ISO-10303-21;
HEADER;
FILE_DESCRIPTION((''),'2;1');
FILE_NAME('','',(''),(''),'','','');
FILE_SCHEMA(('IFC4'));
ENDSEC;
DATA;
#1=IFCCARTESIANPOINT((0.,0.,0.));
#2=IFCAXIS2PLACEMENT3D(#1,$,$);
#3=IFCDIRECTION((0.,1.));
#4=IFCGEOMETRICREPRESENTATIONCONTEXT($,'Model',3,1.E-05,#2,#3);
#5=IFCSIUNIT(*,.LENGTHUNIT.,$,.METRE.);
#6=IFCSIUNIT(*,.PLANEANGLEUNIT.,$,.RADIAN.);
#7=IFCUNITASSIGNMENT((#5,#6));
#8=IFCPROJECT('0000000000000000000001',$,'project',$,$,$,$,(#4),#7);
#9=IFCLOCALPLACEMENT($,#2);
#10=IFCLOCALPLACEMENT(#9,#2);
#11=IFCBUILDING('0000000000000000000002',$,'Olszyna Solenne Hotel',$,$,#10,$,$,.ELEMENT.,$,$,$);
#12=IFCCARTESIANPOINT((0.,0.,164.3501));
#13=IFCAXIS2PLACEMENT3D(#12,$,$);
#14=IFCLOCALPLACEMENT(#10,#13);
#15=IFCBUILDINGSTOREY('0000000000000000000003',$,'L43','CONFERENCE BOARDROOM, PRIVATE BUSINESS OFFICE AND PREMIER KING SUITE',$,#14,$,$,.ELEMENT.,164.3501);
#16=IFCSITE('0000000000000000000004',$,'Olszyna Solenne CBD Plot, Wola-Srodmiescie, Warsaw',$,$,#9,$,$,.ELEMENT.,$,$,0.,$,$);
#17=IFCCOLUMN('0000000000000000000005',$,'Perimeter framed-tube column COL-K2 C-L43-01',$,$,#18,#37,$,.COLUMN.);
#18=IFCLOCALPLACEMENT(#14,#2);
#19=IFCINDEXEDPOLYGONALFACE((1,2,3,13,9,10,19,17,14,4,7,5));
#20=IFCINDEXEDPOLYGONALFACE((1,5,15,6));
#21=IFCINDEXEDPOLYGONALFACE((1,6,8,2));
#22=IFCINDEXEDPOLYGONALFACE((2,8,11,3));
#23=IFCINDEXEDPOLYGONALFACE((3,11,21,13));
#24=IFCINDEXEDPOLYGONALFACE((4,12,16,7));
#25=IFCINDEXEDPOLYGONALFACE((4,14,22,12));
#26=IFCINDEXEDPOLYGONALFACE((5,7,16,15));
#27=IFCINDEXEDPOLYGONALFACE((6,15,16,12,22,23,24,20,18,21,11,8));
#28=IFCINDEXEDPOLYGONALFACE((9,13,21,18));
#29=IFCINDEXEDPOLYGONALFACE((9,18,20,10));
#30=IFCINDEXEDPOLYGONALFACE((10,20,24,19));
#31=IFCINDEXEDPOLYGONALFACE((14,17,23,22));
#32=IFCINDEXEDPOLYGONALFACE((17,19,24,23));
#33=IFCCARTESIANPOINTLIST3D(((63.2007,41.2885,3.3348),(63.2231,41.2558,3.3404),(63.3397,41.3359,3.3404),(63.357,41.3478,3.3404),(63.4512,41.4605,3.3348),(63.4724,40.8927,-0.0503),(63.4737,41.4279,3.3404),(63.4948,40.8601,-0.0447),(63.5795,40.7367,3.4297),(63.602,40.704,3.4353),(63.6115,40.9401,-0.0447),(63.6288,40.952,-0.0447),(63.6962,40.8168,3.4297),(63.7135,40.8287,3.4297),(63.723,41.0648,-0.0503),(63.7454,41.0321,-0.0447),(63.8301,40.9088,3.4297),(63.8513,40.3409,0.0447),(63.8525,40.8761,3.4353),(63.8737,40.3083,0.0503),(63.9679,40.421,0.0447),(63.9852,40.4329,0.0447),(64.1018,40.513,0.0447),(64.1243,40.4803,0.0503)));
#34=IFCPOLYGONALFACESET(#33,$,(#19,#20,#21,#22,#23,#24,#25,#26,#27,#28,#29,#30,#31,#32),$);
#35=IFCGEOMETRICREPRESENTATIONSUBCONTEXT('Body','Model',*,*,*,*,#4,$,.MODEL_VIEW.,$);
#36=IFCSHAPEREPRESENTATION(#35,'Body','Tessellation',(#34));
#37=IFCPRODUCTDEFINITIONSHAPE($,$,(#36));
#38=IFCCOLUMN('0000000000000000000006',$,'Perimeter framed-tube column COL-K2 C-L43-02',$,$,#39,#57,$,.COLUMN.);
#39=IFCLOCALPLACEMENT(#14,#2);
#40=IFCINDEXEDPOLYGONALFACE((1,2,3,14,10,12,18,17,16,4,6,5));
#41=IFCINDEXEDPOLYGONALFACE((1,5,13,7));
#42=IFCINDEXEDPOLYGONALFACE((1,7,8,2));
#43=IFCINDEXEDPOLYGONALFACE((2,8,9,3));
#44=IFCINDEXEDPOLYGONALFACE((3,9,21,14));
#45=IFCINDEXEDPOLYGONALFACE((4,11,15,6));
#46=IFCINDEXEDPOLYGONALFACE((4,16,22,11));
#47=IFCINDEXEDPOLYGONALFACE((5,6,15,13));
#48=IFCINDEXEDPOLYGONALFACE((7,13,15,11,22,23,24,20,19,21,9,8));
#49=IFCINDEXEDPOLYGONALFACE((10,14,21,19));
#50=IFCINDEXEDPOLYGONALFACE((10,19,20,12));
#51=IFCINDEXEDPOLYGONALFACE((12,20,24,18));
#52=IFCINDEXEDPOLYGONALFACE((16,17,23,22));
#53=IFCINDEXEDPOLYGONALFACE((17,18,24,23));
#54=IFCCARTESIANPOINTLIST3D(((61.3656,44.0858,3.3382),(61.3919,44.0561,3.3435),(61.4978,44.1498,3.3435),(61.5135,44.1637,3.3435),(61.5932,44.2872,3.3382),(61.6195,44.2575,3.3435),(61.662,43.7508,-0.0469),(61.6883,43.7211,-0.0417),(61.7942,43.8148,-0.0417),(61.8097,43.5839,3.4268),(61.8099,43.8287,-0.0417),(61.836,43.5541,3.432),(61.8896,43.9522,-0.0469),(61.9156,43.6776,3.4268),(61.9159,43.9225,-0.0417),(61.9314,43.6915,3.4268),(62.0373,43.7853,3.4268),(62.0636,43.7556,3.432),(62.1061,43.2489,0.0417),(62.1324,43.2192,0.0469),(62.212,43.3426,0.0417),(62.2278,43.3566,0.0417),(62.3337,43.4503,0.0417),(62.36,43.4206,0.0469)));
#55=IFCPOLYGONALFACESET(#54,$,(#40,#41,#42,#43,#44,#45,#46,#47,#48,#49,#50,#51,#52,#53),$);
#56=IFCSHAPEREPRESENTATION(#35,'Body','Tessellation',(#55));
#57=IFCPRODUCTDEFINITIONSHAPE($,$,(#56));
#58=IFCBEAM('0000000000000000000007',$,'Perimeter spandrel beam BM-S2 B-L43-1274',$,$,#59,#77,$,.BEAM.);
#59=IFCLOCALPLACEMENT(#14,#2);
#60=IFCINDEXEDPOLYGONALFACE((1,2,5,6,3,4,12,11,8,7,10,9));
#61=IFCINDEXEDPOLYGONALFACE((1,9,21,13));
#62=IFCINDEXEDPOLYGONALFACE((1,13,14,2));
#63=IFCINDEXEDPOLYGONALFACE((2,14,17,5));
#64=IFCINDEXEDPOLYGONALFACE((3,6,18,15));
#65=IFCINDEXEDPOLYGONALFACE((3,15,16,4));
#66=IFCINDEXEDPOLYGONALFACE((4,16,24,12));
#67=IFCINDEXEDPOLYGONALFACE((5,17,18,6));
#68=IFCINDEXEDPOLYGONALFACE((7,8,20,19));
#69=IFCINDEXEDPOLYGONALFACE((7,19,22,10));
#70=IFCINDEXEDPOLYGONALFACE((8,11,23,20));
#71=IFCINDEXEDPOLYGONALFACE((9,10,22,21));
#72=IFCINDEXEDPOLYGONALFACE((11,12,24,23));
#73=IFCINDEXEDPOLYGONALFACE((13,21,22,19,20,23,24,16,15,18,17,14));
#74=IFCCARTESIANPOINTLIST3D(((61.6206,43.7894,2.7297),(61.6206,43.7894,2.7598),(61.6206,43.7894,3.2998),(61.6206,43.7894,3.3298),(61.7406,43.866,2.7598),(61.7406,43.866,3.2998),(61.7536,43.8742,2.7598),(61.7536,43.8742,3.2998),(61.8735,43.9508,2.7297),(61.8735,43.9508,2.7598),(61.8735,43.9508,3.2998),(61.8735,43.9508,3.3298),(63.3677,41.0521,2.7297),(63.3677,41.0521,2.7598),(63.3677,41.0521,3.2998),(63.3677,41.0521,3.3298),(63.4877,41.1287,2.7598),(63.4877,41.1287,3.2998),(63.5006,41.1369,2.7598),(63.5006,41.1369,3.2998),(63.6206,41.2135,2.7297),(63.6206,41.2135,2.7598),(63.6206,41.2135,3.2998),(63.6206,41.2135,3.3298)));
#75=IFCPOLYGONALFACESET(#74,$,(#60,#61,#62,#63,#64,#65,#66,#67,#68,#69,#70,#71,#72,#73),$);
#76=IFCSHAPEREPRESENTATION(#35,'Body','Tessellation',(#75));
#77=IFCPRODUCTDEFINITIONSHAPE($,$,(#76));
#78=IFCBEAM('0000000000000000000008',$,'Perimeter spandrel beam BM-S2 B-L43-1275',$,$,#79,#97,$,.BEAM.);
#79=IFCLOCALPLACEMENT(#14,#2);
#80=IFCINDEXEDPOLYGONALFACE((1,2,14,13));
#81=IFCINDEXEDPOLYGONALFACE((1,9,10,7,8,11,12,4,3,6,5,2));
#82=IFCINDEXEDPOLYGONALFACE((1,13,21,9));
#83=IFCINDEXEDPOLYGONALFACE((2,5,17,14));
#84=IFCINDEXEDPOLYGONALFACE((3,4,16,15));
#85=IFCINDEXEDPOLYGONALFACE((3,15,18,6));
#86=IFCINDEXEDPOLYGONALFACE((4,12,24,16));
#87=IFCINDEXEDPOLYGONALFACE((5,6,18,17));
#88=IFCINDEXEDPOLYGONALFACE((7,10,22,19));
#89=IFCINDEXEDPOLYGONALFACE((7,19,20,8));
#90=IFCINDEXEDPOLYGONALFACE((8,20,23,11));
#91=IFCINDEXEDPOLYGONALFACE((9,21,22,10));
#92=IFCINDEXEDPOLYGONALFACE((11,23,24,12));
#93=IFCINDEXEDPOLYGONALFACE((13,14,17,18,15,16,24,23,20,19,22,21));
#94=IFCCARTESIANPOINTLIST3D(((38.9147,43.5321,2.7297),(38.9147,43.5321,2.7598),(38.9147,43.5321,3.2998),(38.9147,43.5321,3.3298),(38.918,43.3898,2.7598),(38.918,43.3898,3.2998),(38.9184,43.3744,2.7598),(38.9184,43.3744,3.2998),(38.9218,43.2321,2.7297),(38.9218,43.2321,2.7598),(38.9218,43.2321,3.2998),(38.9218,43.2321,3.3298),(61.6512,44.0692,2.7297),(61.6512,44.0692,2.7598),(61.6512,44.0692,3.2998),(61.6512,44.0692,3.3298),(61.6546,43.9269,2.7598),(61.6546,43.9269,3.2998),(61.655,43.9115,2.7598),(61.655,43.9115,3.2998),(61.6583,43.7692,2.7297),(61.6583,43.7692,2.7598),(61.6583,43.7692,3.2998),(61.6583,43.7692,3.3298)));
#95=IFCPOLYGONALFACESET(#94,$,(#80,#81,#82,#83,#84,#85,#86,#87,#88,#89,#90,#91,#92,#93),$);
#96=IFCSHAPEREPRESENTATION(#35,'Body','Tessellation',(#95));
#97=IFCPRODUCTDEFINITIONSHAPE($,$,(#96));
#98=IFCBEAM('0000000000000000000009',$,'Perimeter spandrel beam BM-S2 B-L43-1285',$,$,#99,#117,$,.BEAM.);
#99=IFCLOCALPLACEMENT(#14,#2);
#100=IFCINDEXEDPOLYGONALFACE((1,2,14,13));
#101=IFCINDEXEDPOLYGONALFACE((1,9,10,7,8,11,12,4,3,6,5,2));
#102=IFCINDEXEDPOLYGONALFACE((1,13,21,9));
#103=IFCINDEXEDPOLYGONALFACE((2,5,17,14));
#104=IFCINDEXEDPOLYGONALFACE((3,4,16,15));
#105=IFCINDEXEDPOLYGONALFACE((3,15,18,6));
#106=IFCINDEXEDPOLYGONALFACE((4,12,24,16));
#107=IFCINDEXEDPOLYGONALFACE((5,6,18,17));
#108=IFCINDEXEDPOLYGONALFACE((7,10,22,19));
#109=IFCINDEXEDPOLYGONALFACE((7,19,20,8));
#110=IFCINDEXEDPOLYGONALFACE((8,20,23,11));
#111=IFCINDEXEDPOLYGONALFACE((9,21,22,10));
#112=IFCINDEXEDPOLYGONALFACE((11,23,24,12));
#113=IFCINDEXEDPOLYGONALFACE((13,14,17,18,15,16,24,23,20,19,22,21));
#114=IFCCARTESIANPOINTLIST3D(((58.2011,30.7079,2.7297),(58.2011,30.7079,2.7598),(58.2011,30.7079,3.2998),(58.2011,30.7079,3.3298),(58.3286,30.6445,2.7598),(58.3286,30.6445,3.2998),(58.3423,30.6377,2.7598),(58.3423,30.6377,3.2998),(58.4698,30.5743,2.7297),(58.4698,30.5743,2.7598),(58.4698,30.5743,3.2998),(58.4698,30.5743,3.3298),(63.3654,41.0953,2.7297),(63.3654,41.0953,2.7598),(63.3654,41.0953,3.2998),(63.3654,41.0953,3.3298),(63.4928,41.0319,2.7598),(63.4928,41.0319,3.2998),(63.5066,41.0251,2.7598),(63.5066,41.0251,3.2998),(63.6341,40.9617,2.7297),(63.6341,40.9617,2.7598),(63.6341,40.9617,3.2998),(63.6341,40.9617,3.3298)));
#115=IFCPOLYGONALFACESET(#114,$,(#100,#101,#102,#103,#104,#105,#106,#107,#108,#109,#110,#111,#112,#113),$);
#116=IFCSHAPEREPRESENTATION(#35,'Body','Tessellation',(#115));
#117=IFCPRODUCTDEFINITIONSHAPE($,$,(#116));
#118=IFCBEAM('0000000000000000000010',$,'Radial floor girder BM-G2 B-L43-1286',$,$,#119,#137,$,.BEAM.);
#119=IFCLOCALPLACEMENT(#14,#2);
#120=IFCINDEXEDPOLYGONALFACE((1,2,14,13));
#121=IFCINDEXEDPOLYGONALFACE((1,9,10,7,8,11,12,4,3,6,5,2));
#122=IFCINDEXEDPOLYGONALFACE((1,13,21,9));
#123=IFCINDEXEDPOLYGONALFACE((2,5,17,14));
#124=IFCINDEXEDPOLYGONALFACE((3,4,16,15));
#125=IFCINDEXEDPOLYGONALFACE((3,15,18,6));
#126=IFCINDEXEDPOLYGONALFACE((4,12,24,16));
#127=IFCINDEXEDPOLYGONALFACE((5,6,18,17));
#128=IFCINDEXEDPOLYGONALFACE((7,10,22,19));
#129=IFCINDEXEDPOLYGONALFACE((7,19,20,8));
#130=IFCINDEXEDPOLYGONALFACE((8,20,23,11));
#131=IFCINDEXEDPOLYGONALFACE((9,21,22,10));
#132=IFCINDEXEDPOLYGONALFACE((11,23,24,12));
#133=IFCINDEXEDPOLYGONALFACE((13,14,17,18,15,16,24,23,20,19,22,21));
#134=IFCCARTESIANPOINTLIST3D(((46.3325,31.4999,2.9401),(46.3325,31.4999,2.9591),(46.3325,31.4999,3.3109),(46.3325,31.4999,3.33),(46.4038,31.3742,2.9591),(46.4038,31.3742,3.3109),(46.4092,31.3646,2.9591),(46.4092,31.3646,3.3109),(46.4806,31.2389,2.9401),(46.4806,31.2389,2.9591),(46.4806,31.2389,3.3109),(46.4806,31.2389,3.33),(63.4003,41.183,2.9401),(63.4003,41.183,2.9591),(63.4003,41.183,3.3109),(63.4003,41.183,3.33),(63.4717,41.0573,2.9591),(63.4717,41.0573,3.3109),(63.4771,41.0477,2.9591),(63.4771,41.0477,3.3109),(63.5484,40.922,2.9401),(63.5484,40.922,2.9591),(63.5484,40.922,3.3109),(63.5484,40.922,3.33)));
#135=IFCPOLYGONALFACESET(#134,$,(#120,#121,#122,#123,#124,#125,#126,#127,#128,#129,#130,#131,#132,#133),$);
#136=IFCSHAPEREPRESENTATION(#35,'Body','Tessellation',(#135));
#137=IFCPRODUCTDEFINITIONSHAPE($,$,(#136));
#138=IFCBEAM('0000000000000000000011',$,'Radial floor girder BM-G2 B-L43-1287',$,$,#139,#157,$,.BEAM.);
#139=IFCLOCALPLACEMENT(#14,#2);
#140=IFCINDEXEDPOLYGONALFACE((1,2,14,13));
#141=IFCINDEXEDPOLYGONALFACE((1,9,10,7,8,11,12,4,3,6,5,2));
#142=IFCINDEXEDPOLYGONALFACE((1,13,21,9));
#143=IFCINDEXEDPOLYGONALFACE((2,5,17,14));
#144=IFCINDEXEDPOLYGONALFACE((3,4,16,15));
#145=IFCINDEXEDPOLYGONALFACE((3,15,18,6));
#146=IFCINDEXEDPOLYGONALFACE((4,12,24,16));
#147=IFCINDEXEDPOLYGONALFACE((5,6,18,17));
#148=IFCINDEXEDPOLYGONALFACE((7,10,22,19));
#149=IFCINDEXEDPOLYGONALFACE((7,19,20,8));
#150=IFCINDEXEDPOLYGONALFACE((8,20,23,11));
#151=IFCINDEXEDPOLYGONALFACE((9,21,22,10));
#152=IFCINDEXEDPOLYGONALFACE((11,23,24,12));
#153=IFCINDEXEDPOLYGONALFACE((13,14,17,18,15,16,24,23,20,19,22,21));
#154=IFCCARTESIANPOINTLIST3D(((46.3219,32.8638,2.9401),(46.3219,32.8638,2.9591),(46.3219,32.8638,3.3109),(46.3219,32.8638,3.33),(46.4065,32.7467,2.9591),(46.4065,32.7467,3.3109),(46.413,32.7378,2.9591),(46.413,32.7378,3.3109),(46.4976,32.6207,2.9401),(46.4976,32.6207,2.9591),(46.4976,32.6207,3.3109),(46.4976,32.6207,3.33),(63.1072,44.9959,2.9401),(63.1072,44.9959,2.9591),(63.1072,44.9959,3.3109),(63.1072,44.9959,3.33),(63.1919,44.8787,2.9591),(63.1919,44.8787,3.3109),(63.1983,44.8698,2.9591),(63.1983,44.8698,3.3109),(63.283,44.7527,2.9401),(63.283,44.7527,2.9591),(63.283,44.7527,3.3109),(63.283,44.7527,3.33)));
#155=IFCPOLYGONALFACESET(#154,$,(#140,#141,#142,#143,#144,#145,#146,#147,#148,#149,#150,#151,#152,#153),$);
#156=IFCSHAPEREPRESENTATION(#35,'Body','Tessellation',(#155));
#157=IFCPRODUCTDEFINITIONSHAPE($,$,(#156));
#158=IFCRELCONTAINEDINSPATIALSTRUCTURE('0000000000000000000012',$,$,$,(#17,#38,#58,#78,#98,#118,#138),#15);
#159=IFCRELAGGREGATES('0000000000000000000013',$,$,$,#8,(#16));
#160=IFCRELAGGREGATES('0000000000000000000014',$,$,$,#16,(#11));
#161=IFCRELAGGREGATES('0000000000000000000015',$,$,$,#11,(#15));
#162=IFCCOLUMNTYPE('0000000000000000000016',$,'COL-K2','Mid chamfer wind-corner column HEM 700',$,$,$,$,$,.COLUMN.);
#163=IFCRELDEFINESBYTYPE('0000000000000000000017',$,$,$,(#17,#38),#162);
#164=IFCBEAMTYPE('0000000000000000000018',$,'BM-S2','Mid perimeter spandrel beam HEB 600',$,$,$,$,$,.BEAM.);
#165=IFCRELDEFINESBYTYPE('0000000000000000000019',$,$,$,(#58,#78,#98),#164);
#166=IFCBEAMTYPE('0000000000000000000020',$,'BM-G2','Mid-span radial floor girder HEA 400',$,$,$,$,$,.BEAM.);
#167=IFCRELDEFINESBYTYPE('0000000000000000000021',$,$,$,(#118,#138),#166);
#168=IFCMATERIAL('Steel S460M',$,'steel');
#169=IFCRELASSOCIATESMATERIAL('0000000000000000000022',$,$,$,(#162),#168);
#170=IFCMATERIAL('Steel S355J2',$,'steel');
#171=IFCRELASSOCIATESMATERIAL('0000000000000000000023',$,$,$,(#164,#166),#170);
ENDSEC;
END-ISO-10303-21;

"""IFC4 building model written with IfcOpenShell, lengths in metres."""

from ifc_helpers import new_model, si_unit, direction, frame, origin, origin_2d, place, context, subcontext, project, spatial, i_section, extrude, source, transform, mapped, material, material_profile, profile_set, type_object, element, save


model = new_model("IFC4")

# Units and contexts
model_context = context("Model", 3, precision=1e-05, world=origin(), true_north=direction((0.0, 1.0)))
body_context = subcontext(model_context, "Body", "Model", "MODEL_VIEW")
ifc_project = project(units=[si_unit("LENGTHUNIT", "METRE"), si_unit("PLANEANGLEUNIT", "RADIAN")], contexts=[model_context])

# Site, building, storey
site_placement = place(None, origin())
site = spatial("IfcSite", under=ifc_project, at=site_placement, Name="Olszyna Solenne CBD Plot, Wola-Srodmiescie, Warsaw", CompositionType="ELEMENT", RefElevation=0.0)
building_placement = place(site_placement, origin())
building = spatial("IfcBuilding", under=site, at=building_placement, Name="Olszyna Solenne Hotel", CompositionType="ELEMENT")
storey_placement = place(building_placement, frame((0.0, 0.0, 164.3501)))
storey = spatial("IfcBuildingStorey", under=building, at=storey_placement, Name="L43", Description="CONFERENCE BOARDROOM, PRIVATE BUSINESS OFFICE AND PREMIER KING SUITE", CompositionType="ELEMENT", Elevation=164.3501)

# Columns
ifc_material_1 = material(Name="Steel S460M", Category="steel")
ifc_material_profile_1 = material_profile(ifc_material_1, i_section(OverallWidth=0.304, OverallDepth=0.7161, WebThickness=0.021, FlangeThickness=0.04, at=origin_2d()), Name="HEM 700", Category="load-bearing")
ifc_profile_set_1 = profile_set([ifc_material_profile_1], Name="Steel S460M")
column_type = type_object("IfcColumnType", Name="COL-K2", Description="Mid chamfer wind-corner column HEM 700", PredefinedType="COLUMN", material=ifc_profile_set_1)
shared_shape_1 = source(origin(), body_context, "Body", "SweptSolid", [
    extrude(i_section(OverallWidth=0.304, OverallDepth=0.7161, WebThickness=0.021, FlangeThickness=0.04, at=origin_2d()), origin(), (0.0, 0.0, 1.0), 3.4189),
])
column_1_placement = place(storey_placement, frame((63.7983, 40.6865, 0.0), z_axis=(-0.079479, 0.115755, 0.990093), x_axis=(-0.824383, -0.566032, 0.0)))
element("IfcColumn", 1, at=column_1_placement, inside=storey, type_object=column_type, Name="Perimeter framed-tube column COL-K2 C-L43-01", PredefinedType="COLUMN", context=body_context, shape_type="MappedRepresentation", body=[
    mapped(shared_shape_1, transform((0.0, 0.0, 0.0), x_axis=(1.0, 0.0, 0.0), y_axis=(0.0, 1.0, 0.0), z_axis=(0.0, 0.0, 1.0), scale=1.0)),
])
shared_shape_2 = source(origin(), body_context, "Body", "SweptSolid", [
    extrude(i_section(OverallWidth=0.304, OverallDepth=0.7161, WebThickness=0.021, FlangeThickness=0.04, at=origin_2d()), origin(), (0.0, 0.0, 1.0), 3.4146),
])
column_2_placement = place(storey_placement, frame((62.011, 43.5857, 0.0), z_axis=(-0.086804, 0.098102, 0.991383), x_axis=(-0.748913, -0.662668, 0.0)))
element("IfcColumn", 2, at=column_2_placement, inside=storey, type_object=column_type, Name="Perimeter framed-tube column COL-K2 C-L43-02", PredefinedType="COLUMN", context=body_context, shape_type="MappedRepresentation", body=[
    mapped(shared_shape_2, transform((0.0, 0.0, 0.0), x_axis=(1.0, 0.0, 0.0), y_axis=(0.0, 1.0, 0.0), z_axis=(0.0, 0.0, 1.0), scale=1.0)),
])

# Beams
ifc_material_2 = material(Name="Steel S355J2", Category="steel")
ifc_material_profile_2 = material_profile(ifc_material_2, i_section(OverallWidth=0.3, OverallDepth=0.6001, WebThickness=0.0154, FlangeThickness=0.03, at=origin_2d()), Name="HEB 600", Category="load-bearing")
ifc_profile_set_2 = profile_set([ifc_material_profile_2], Name="Steel S355J2")
beam_type_1 = type_object("IfcBeamType", Name="BM-S2", Description="Mid perimeter spandrel beam HEB 600", PredefinedType="BEAM", material=ifc_profile_set_2)
shared_shape_3 = source(origin(), body_context, "Body", "SweptSolid", [
    extrude(i_section(OverallWidth=0.3, OverallDepth=0.6001, WebThickness=0.0154, FlangeThickness=0.03, at=origin_2d()), origin(), (0.0, 0.0, 1.0), 3.2473),
])
beam_1_placement = place(storey_placement, frame((63.4941, 41.1328, 3.0298), z_axis=(-0.538004, 0.842943, 0.0), x_axis=(-0.842943, -0.538004, 0.0)))
element("IfcBeam", 3, at=beam_1_placement, inside=storey, type_object=beam_type_1, Name="Perimeter spandrel beam BM-S2 B-L43-1274", PredefinedType="BEAM", context=body_context, shape_type="MappedRepresentation", body=[
    mapped(shared_shape_3, transform((0.0, 0.0, 0.0), x_axis=(1.0, 0.0, 0.0), y_axis=(0.0, 1.0, 0.0), z_axis=(0.0, 0.0, 1.0), scale=1.0)),
])
shared_shape_4 = source(origin(), body_context, "Body", "SweptSolid", [
    extrude(i_section(OverallWidth=0.3, OverallDepth=0.6001, WebThickness=0.0154, FlangeThickness=0.03, at=origin_2d()), origin(), (0.0, 0.0, 1.0), 22.7429),
])
beam_2_placement = place(storey_placement, frame((61.6548, 43.9192, 3.0298), z_axis=(-0.999721, -0.023617, 0.0), x_axis=(0.023617, -0.999721, 0.0)))
element("IfcBeam", 4, at=beam_2_placement, inside=storey, type_object=beam_type_1, Name="Perimeter spandrel beam BM-S2 B-L43-1275", PredefinedType="BEAM", context=body_context, shape_type="MappedRepresentation", body=[
    mapped(shared_shape_4, transform((0.0, 0.0, 0.0), x_axis=(1.0, 0.0, 0.0), y_axis=(0.0, 1.0, 0.0), z_axis=(0.0, 0.0, 1.0), scale=1.0)),
])
shared_shape_5 = source(origin(), body_context, "Body", "SweptSolid", [
    extrude(i_section(OverallWidth=0.3, OverallDepth=0.6001, WebThickness=0.0154, FlangeThickness=0.03, at=origin_2d()), origin(), (0.0, 0.0, 1.0), 11.6003),
])
beam_3_placement = place(storey_placement, frame((58.3354, 30.6411, 3.0298), z_axis=(0.445184, 0.895439, 0.0), x_axis=(-0.895439, 0.445184, 0.0)))
element("IfcBeam", 5, at=beam_3_placement, inside=storey, type_object=beam_type_1, Name="Perimeter spandrel beam BM-S2 B-L43-1285", PredefinedType="BEAM", context=body_context, shape_type="MappedRepresentation", body=[
    mapped(shared_shape_5, transform((0.0, 0.0, 0.0), x_axis=(1.0, 0.0, 0.0), y_axis=(0.0, 1.0, 0.0), z_axis=(0.0, 0.0, 1.0), scale=1.0)),
])
ifc_material_profile_3 = material_profile(ifc_material_2, i_section(OverallWidth=0.3, OverallDepth=0.3899, WebThickness=0.011, FlangeThickness=0.019, at=origin_2d()), Name="HEA 400", Category="load-bearing")
ifc_profile_set_3 = profile_set([ifc_material_profile_3], Name="Steel S355J2")
beam_type_2 = type_object("IfcBeamType", Name="BM-G2", Description="Mid-span radial floor girder HEA 400", PredefinedType="BEAM", material=ifc_profile_set_3)
shared_shape_6 = source(origin(), body_context, "Body", "SweptSolid", [
    extrude(i_section(OverallWidth=0.3, OverallDepth=0.3899, WebThickness=0.011, FlangeThickness=0.019, at=origin_2d()), origin(), (0.0, 0.0, 1.0), 19.6233),
])
beam_4_placement = place(storey_placement, frame((63.4744, 41.0525, 3.135), z_axis=(-0.869775, -0.493449, 0.0), x_axis=(0.493449, -0.869775, 0.0)))
element("IfcBeam", 6, at=beam_4_placement, inside=storey, type_object=beam_type_2, Name="Radial floor girder BM-G2 B-L43-1286", PredefinedType="BEAM", context=body_context, shape_type="MappedRepresentation", body=[
    mapped(shared_shape_6, transform((0.0, 0.0, 0.0), x_axis=(1.0, 0.0, 0.0), y_axis=(0.0, 1.0, 0.0), z_axis=(0.0, 0.0, 1.0), scale=1.0)),
])
shared_shape_7 = source(origin(), body_context, "Body", "SweptSolid", [
    extrude(i_section(OverallWidth=0.3, OverallDepth=0.3899, WebThickness=0.011, FlangeThickness=0.019, at=origin_2d()), origin(), (0.0, 0.0, 1.0), 20.7107),
])
beam_5_placement = place(storey_placement, frame((63.1951, 44.8743, 3.135), z_axis=(-0.810466, -0.585785, 0.0), x_axis=(0.585785, -0.810466, 0.0)))
element("IfcBeam", 7, at=beam_5_placement, inside=storey, type_object=beam_type_2, Name="Radial floor girder BM-G2 B-L43-1287", PredefinedType="BEAM", context=body_context, shape_type="MappedRepresentation", body=[
    mapped(shared_shape_7, transform((0.0, 0.0, 0.0), x_axis=(1.0, 0.0, 0.0), y_axis=(0.0, 1.0, 0.0), z_axis=(0.0, 0.0, 1.0), scale=1.0)),
])

save(model, "model.ifc")
